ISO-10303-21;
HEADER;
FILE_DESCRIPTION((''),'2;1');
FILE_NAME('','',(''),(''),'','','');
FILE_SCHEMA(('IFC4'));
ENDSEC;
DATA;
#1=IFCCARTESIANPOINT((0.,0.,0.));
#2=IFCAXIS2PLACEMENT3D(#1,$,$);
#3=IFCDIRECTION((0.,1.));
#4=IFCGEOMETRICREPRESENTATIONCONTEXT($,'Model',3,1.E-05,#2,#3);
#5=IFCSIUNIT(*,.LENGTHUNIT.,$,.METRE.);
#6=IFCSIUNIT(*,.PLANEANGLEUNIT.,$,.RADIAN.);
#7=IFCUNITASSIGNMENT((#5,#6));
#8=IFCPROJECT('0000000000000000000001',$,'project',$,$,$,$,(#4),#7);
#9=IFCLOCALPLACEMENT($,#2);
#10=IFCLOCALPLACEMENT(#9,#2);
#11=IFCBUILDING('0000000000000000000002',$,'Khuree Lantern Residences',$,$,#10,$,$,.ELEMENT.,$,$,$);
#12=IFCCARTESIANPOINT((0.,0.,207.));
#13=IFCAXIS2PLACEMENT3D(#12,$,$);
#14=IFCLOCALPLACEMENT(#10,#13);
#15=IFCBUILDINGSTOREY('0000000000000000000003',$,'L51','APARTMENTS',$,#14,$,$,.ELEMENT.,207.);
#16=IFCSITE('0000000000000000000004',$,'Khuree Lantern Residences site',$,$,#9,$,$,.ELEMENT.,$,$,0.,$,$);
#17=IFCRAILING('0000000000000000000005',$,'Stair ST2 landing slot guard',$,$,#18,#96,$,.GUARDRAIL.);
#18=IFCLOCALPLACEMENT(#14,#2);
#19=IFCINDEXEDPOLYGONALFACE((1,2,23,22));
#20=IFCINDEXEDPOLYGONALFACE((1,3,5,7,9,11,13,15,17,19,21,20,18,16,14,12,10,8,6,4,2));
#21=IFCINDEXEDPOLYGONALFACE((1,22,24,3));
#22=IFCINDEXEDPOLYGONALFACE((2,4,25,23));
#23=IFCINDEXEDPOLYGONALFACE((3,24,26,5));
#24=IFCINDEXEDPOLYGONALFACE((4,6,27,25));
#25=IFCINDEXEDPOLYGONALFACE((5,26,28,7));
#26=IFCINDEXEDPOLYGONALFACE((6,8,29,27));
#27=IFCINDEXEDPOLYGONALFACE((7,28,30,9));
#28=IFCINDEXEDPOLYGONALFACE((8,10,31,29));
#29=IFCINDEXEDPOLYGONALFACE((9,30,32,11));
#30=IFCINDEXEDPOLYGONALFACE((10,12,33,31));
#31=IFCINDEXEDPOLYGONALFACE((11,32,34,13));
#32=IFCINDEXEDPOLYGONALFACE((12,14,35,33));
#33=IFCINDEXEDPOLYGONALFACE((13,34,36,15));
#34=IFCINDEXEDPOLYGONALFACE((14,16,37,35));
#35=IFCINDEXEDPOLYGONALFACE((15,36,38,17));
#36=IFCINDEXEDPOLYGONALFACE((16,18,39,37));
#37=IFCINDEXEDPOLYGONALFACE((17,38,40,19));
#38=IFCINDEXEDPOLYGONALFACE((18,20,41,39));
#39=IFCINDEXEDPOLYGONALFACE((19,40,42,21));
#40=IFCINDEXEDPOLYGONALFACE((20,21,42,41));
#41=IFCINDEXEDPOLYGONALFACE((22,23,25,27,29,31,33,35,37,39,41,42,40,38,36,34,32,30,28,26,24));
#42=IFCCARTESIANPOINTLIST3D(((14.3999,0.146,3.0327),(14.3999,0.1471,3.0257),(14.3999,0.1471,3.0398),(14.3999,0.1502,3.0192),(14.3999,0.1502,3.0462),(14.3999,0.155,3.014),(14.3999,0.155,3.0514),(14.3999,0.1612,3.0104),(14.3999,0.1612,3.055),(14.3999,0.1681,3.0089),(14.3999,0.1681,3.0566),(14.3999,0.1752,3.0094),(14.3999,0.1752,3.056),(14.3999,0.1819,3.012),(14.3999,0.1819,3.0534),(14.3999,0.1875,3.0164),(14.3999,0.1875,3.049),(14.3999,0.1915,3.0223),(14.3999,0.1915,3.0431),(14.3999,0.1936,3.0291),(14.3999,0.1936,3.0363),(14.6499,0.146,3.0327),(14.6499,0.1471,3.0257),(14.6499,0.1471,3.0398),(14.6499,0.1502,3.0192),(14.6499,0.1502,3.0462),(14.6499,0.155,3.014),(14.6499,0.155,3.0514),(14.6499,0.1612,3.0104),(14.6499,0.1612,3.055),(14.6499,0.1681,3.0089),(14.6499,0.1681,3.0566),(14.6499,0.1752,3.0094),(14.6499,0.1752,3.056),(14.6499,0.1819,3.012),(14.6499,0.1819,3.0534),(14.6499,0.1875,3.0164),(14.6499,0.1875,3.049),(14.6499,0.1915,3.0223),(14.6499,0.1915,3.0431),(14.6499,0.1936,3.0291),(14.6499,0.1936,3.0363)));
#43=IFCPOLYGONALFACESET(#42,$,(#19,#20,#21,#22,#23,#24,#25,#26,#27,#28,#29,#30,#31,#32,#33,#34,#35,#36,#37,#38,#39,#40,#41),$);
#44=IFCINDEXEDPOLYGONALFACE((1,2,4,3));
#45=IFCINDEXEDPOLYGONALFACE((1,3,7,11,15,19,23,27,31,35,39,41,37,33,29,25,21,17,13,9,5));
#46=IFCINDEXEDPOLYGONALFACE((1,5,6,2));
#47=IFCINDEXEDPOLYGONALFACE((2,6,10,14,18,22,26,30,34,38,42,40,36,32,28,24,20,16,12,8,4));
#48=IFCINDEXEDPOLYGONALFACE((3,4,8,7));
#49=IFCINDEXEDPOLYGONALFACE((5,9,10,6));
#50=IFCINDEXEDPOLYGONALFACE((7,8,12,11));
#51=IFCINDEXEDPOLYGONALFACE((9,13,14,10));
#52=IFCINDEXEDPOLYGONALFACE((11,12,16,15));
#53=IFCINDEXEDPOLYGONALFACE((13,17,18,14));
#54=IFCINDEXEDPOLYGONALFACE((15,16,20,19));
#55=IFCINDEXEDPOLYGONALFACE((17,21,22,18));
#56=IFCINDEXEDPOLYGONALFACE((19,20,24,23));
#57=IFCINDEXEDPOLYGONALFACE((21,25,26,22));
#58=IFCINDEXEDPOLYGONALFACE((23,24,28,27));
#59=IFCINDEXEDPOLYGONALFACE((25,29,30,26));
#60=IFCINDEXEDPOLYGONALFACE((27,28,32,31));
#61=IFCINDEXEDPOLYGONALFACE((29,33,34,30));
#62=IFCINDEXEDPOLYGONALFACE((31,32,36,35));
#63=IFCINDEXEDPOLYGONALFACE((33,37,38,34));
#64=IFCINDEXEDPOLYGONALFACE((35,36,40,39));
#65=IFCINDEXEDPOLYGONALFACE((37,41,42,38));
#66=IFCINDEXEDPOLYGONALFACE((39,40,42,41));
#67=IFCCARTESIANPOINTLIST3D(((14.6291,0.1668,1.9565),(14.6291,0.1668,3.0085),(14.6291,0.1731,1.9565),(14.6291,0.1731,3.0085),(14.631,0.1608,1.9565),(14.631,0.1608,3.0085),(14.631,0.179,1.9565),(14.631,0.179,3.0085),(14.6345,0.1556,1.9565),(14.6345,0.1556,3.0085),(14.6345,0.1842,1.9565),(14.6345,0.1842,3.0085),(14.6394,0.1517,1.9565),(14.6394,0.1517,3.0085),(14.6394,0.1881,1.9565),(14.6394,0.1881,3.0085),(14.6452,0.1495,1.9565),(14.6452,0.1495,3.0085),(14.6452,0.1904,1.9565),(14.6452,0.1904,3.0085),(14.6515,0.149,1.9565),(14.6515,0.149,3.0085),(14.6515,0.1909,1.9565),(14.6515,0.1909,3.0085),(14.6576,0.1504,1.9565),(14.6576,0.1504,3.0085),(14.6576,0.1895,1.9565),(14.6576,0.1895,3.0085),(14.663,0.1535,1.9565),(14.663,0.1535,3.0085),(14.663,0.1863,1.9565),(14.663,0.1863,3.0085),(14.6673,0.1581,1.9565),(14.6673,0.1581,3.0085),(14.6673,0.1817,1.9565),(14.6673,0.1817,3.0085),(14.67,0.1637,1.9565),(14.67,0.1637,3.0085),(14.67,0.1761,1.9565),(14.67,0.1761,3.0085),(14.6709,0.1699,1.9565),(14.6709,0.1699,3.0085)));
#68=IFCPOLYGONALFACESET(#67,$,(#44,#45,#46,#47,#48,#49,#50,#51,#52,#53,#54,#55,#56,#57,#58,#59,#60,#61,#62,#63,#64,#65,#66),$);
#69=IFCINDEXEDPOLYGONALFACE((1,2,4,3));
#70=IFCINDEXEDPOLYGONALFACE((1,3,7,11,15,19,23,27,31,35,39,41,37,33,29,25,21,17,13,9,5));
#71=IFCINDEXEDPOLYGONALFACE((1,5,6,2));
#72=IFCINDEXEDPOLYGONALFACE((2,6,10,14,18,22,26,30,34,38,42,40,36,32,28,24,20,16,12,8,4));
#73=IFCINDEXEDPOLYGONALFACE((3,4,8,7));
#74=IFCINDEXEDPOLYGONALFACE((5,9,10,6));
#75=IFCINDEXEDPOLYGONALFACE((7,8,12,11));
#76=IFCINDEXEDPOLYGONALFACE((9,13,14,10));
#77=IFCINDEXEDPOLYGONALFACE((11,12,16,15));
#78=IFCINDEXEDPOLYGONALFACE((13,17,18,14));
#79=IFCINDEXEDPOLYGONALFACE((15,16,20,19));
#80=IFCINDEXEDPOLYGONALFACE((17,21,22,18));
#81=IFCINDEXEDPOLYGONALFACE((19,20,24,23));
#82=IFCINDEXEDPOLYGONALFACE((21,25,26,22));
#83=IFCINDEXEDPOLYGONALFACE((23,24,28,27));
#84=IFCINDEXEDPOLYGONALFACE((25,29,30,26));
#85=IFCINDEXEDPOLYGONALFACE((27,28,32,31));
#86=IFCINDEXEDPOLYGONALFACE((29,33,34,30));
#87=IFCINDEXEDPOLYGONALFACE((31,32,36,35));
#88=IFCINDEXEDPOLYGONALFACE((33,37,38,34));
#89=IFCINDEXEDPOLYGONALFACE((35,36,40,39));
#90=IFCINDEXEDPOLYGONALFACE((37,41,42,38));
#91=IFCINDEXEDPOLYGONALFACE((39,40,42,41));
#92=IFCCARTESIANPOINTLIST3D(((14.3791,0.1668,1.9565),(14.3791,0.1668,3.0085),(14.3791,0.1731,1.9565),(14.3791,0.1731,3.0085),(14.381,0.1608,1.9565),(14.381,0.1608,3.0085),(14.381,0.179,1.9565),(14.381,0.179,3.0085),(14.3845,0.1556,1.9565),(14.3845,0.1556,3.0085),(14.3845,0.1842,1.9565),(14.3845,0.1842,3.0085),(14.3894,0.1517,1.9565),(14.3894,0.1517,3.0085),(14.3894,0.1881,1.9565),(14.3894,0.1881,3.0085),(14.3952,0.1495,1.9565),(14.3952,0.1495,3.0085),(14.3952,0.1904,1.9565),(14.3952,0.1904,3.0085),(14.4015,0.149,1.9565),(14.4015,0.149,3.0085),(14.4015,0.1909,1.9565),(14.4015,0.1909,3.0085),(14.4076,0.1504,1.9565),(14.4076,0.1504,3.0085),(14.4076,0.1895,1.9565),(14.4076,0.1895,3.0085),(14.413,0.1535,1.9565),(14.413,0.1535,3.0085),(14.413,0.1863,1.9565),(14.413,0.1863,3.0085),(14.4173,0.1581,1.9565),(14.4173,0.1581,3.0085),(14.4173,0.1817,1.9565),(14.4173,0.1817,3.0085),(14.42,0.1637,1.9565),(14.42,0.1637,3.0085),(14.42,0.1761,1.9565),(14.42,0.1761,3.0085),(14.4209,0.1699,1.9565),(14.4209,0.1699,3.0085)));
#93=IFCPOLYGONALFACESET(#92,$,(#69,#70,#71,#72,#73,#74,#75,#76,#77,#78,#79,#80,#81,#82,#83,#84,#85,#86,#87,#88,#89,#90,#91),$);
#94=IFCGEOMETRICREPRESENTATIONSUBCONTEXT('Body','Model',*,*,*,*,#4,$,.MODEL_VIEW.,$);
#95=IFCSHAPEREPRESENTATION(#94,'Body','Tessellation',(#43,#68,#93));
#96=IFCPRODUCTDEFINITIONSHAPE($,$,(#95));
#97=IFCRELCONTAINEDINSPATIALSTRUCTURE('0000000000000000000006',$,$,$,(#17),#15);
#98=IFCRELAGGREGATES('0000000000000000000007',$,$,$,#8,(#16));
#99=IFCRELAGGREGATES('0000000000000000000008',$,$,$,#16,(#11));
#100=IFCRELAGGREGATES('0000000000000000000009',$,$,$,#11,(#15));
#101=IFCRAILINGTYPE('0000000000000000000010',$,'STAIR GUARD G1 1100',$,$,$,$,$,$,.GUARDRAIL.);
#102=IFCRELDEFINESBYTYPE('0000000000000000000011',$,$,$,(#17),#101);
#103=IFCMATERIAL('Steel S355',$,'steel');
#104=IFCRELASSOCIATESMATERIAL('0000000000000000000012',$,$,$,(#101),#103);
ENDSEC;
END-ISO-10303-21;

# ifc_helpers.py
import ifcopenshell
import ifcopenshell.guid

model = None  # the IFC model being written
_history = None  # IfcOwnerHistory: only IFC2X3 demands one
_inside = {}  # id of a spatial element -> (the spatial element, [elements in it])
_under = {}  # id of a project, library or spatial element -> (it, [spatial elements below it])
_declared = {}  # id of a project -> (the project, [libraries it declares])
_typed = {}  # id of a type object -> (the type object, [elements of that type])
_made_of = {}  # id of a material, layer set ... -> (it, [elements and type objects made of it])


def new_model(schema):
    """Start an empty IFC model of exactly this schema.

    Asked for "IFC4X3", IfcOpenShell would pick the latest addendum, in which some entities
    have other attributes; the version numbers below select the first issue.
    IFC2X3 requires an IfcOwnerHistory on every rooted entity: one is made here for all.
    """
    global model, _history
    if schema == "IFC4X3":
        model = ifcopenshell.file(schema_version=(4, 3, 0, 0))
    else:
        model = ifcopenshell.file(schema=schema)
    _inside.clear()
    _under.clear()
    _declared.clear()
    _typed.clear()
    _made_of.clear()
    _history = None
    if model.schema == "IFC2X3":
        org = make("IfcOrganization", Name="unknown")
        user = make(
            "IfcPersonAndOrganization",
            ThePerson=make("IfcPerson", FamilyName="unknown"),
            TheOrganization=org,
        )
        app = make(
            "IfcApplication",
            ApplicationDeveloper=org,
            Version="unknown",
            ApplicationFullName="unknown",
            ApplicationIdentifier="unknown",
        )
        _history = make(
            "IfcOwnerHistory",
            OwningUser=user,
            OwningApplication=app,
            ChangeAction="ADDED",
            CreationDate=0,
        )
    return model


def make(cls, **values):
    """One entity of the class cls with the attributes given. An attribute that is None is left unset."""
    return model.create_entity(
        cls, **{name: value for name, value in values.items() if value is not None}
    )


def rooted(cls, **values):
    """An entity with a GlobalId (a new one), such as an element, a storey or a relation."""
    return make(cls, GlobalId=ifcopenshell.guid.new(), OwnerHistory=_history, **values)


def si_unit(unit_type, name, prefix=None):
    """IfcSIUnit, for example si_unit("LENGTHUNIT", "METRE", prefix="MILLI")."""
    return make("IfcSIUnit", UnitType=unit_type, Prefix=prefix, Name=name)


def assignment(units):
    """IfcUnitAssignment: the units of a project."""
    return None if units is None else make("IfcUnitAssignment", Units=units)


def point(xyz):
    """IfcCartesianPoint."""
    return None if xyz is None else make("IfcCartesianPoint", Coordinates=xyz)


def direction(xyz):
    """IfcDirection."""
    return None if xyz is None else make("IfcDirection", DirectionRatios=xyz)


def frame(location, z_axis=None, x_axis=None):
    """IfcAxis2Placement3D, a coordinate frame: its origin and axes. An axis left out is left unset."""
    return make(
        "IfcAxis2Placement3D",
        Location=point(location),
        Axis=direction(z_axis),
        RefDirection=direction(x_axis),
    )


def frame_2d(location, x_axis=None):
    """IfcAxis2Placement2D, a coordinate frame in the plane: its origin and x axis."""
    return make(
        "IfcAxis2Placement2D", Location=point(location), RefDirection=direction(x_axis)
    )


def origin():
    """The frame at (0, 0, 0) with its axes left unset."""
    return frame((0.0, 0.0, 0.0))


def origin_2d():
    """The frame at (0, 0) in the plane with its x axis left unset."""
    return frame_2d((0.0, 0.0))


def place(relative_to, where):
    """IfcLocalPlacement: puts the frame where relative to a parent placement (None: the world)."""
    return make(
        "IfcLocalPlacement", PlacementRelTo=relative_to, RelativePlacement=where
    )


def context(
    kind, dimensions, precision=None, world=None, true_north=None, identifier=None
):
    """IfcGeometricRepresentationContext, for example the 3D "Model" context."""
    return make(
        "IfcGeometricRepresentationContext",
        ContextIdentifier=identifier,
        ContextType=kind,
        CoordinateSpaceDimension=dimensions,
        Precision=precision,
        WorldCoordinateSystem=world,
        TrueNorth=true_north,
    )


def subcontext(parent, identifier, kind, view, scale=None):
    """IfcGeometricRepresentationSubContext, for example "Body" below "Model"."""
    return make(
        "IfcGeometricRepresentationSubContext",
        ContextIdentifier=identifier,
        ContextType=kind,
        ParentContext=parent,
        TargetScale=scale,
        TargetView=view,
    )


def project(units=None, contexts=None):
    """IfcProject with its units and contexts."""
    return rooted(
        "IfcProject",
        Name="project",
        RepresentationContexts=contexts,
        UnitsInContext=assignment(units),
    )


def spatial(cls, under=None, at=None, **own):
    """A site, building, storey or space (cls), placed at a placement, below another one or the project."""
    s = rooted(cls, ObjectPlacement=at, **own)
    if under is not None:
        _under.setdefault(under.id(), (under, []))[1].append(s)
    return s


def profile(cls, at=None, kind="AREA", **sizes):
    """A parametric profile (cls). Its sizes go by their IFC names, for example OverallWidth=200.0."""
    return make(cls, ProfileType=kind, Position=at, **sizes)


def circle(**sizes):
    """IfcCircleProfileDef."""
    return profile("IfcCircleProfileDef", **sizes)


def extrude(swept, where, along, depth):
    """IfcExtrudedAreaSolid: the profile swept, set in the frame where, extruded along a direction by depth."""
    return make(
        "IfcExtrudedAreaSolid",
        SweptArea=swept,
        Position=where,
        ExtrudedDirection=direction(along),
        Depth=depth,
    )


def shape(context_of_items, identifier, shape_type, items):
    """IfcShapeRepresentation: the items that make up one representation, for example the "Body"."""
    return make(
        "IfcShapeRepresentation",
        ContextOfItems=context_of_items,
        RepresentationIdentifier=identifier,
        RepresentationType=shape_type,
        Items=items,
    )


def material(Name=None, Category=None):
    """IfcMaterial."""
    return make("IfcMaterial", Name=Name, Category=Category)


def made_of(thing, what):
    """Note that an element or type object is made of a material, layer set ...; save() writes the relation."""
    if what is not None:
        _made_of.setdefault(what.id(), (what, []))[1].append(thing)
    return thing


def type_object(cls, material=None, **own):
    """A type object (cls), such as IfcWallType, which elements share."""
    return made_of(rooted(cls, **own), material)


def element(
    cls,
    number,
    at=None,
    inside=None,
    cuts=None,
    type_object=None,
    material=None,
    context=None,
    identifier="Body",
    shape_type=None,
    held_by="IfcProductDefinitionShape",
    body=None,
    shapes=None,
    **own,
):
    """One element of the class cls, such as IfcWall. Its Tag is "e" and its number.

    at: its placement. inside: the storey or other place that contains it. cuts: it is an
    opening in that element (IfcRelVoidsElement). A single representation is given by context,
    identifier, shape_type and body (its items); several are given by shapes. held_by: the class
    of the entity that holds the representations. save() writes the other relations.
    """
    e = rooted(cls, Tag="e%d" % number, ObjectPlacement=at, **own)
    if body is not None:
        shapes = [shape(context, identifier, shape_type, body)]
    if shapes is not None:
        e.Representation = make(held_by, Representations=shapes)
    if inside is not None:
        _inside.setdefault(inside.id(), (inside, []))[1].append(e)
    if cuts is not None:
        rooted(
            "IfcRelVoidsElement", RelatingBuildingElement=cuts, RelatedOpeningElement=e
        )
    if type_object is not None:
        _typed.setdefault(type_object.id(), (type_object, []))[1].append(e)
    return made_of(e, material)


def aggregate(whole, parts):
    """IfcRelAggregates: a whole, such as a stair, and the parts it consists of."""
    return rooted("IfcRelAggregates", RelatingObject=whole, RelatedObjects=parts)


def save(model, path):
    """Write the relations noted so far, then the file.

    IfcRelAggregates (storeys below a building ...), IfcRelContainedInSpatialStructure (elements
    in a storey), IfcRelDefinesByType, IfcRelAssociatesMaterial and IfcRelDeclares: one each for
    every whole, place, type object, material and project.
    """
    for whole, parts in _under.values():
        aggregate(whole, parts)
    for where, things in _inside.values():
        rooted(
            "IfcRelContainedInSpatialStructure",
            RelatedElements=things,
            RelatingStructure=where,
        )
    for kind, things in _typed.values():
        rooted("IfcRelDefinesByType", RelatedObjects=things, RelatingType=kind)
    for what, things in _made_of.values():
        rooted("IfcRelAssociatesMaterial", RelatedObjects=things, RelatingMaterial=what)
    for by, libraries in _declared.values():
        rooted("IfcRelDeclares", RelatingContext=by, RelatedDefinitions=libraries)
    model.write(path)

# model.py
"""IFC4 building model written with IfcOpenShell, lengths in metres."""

from ifc_helpers import new_model, si_unit, direction, frame, origin, origin_2d, place, context, subcontext, project, spatial, circle, extrude, material, type_object, element, save


model = new_model("IFC4")

# Units and contexts
model_context = context("Model", 3, precision=1e-05, world=origin(), true_north=direction((0.0, 1.0)))
body_context = subcontext(model_context, "Body", "Model", "MODEL_VIEW")
ifc_project = project(units=[si_unit("LENGTHUNIT", "METRE"), si_unit("PLANEANGLEUNIT", "RADIAN")], contexts=[model_context])

# Site, building, storey
site_placement = place(None, origin())
site = spatial("IfcSite", under=ifc_project, at=site_placement, Name="Khuree Lantern Residences site", CompositionType="ELEMENT", RefElevation=0.0)
building_placement = place(site_placement, origin())
building = spatial("IfcBuilding", under=site, at=building_placement, Name="Khuree Lantern Residences", CompositionType="ELEMENT")
storey_placement = place(building_placement, frame((0.0, 0.0, 207.0)))
storey = spatial("IfcBuildingStorey", under=building, at=storey_placement, Name="L51", Description="APARTMENTS", CompositionType="ELEMENT", Elevation=207.0)

# Railing
ifc_material_1 = material(Name="Steel S355", Category="steel")
railing_type = type_object("IfcRailingType", Name="STAIR GUARD G1 1100", PredefinedType="GUARDRAIL", material=ifc_material_1)
railing_placement = place(storey_placement, frame((14.6499, 0.1699, 1.9565)))
element("IfcRailing", 1, at=railing_placement, inside=storey, type_object=railing_type, Name="Stair ST2 landing slot guard", PredefinedType="GUARDRAIL", context=body_context, shape_type="SweptSolid", body=[
    extrude(circle(Radius=0.0239, at=origin_2d()), frame((0.0, 0.0, 1.0762), z_axis=(-1.0, 0.0, 0.0), x_axis=(0.0, -1.0, 0.0)), (0.0, 0.0, 1.0), 0.25),
    extrude(circle(Radius=0.021, at=origin_2d()), origin(), (0.0, 0.0, 1.0), 1.052),
    extrude(circle(Radius=0.021, at=origin_2d()), frame((-0.25, 0.0, 0.0)), (0.0, 0.0, 1.0), 1.052),
])

save(model, "model.ifc")
